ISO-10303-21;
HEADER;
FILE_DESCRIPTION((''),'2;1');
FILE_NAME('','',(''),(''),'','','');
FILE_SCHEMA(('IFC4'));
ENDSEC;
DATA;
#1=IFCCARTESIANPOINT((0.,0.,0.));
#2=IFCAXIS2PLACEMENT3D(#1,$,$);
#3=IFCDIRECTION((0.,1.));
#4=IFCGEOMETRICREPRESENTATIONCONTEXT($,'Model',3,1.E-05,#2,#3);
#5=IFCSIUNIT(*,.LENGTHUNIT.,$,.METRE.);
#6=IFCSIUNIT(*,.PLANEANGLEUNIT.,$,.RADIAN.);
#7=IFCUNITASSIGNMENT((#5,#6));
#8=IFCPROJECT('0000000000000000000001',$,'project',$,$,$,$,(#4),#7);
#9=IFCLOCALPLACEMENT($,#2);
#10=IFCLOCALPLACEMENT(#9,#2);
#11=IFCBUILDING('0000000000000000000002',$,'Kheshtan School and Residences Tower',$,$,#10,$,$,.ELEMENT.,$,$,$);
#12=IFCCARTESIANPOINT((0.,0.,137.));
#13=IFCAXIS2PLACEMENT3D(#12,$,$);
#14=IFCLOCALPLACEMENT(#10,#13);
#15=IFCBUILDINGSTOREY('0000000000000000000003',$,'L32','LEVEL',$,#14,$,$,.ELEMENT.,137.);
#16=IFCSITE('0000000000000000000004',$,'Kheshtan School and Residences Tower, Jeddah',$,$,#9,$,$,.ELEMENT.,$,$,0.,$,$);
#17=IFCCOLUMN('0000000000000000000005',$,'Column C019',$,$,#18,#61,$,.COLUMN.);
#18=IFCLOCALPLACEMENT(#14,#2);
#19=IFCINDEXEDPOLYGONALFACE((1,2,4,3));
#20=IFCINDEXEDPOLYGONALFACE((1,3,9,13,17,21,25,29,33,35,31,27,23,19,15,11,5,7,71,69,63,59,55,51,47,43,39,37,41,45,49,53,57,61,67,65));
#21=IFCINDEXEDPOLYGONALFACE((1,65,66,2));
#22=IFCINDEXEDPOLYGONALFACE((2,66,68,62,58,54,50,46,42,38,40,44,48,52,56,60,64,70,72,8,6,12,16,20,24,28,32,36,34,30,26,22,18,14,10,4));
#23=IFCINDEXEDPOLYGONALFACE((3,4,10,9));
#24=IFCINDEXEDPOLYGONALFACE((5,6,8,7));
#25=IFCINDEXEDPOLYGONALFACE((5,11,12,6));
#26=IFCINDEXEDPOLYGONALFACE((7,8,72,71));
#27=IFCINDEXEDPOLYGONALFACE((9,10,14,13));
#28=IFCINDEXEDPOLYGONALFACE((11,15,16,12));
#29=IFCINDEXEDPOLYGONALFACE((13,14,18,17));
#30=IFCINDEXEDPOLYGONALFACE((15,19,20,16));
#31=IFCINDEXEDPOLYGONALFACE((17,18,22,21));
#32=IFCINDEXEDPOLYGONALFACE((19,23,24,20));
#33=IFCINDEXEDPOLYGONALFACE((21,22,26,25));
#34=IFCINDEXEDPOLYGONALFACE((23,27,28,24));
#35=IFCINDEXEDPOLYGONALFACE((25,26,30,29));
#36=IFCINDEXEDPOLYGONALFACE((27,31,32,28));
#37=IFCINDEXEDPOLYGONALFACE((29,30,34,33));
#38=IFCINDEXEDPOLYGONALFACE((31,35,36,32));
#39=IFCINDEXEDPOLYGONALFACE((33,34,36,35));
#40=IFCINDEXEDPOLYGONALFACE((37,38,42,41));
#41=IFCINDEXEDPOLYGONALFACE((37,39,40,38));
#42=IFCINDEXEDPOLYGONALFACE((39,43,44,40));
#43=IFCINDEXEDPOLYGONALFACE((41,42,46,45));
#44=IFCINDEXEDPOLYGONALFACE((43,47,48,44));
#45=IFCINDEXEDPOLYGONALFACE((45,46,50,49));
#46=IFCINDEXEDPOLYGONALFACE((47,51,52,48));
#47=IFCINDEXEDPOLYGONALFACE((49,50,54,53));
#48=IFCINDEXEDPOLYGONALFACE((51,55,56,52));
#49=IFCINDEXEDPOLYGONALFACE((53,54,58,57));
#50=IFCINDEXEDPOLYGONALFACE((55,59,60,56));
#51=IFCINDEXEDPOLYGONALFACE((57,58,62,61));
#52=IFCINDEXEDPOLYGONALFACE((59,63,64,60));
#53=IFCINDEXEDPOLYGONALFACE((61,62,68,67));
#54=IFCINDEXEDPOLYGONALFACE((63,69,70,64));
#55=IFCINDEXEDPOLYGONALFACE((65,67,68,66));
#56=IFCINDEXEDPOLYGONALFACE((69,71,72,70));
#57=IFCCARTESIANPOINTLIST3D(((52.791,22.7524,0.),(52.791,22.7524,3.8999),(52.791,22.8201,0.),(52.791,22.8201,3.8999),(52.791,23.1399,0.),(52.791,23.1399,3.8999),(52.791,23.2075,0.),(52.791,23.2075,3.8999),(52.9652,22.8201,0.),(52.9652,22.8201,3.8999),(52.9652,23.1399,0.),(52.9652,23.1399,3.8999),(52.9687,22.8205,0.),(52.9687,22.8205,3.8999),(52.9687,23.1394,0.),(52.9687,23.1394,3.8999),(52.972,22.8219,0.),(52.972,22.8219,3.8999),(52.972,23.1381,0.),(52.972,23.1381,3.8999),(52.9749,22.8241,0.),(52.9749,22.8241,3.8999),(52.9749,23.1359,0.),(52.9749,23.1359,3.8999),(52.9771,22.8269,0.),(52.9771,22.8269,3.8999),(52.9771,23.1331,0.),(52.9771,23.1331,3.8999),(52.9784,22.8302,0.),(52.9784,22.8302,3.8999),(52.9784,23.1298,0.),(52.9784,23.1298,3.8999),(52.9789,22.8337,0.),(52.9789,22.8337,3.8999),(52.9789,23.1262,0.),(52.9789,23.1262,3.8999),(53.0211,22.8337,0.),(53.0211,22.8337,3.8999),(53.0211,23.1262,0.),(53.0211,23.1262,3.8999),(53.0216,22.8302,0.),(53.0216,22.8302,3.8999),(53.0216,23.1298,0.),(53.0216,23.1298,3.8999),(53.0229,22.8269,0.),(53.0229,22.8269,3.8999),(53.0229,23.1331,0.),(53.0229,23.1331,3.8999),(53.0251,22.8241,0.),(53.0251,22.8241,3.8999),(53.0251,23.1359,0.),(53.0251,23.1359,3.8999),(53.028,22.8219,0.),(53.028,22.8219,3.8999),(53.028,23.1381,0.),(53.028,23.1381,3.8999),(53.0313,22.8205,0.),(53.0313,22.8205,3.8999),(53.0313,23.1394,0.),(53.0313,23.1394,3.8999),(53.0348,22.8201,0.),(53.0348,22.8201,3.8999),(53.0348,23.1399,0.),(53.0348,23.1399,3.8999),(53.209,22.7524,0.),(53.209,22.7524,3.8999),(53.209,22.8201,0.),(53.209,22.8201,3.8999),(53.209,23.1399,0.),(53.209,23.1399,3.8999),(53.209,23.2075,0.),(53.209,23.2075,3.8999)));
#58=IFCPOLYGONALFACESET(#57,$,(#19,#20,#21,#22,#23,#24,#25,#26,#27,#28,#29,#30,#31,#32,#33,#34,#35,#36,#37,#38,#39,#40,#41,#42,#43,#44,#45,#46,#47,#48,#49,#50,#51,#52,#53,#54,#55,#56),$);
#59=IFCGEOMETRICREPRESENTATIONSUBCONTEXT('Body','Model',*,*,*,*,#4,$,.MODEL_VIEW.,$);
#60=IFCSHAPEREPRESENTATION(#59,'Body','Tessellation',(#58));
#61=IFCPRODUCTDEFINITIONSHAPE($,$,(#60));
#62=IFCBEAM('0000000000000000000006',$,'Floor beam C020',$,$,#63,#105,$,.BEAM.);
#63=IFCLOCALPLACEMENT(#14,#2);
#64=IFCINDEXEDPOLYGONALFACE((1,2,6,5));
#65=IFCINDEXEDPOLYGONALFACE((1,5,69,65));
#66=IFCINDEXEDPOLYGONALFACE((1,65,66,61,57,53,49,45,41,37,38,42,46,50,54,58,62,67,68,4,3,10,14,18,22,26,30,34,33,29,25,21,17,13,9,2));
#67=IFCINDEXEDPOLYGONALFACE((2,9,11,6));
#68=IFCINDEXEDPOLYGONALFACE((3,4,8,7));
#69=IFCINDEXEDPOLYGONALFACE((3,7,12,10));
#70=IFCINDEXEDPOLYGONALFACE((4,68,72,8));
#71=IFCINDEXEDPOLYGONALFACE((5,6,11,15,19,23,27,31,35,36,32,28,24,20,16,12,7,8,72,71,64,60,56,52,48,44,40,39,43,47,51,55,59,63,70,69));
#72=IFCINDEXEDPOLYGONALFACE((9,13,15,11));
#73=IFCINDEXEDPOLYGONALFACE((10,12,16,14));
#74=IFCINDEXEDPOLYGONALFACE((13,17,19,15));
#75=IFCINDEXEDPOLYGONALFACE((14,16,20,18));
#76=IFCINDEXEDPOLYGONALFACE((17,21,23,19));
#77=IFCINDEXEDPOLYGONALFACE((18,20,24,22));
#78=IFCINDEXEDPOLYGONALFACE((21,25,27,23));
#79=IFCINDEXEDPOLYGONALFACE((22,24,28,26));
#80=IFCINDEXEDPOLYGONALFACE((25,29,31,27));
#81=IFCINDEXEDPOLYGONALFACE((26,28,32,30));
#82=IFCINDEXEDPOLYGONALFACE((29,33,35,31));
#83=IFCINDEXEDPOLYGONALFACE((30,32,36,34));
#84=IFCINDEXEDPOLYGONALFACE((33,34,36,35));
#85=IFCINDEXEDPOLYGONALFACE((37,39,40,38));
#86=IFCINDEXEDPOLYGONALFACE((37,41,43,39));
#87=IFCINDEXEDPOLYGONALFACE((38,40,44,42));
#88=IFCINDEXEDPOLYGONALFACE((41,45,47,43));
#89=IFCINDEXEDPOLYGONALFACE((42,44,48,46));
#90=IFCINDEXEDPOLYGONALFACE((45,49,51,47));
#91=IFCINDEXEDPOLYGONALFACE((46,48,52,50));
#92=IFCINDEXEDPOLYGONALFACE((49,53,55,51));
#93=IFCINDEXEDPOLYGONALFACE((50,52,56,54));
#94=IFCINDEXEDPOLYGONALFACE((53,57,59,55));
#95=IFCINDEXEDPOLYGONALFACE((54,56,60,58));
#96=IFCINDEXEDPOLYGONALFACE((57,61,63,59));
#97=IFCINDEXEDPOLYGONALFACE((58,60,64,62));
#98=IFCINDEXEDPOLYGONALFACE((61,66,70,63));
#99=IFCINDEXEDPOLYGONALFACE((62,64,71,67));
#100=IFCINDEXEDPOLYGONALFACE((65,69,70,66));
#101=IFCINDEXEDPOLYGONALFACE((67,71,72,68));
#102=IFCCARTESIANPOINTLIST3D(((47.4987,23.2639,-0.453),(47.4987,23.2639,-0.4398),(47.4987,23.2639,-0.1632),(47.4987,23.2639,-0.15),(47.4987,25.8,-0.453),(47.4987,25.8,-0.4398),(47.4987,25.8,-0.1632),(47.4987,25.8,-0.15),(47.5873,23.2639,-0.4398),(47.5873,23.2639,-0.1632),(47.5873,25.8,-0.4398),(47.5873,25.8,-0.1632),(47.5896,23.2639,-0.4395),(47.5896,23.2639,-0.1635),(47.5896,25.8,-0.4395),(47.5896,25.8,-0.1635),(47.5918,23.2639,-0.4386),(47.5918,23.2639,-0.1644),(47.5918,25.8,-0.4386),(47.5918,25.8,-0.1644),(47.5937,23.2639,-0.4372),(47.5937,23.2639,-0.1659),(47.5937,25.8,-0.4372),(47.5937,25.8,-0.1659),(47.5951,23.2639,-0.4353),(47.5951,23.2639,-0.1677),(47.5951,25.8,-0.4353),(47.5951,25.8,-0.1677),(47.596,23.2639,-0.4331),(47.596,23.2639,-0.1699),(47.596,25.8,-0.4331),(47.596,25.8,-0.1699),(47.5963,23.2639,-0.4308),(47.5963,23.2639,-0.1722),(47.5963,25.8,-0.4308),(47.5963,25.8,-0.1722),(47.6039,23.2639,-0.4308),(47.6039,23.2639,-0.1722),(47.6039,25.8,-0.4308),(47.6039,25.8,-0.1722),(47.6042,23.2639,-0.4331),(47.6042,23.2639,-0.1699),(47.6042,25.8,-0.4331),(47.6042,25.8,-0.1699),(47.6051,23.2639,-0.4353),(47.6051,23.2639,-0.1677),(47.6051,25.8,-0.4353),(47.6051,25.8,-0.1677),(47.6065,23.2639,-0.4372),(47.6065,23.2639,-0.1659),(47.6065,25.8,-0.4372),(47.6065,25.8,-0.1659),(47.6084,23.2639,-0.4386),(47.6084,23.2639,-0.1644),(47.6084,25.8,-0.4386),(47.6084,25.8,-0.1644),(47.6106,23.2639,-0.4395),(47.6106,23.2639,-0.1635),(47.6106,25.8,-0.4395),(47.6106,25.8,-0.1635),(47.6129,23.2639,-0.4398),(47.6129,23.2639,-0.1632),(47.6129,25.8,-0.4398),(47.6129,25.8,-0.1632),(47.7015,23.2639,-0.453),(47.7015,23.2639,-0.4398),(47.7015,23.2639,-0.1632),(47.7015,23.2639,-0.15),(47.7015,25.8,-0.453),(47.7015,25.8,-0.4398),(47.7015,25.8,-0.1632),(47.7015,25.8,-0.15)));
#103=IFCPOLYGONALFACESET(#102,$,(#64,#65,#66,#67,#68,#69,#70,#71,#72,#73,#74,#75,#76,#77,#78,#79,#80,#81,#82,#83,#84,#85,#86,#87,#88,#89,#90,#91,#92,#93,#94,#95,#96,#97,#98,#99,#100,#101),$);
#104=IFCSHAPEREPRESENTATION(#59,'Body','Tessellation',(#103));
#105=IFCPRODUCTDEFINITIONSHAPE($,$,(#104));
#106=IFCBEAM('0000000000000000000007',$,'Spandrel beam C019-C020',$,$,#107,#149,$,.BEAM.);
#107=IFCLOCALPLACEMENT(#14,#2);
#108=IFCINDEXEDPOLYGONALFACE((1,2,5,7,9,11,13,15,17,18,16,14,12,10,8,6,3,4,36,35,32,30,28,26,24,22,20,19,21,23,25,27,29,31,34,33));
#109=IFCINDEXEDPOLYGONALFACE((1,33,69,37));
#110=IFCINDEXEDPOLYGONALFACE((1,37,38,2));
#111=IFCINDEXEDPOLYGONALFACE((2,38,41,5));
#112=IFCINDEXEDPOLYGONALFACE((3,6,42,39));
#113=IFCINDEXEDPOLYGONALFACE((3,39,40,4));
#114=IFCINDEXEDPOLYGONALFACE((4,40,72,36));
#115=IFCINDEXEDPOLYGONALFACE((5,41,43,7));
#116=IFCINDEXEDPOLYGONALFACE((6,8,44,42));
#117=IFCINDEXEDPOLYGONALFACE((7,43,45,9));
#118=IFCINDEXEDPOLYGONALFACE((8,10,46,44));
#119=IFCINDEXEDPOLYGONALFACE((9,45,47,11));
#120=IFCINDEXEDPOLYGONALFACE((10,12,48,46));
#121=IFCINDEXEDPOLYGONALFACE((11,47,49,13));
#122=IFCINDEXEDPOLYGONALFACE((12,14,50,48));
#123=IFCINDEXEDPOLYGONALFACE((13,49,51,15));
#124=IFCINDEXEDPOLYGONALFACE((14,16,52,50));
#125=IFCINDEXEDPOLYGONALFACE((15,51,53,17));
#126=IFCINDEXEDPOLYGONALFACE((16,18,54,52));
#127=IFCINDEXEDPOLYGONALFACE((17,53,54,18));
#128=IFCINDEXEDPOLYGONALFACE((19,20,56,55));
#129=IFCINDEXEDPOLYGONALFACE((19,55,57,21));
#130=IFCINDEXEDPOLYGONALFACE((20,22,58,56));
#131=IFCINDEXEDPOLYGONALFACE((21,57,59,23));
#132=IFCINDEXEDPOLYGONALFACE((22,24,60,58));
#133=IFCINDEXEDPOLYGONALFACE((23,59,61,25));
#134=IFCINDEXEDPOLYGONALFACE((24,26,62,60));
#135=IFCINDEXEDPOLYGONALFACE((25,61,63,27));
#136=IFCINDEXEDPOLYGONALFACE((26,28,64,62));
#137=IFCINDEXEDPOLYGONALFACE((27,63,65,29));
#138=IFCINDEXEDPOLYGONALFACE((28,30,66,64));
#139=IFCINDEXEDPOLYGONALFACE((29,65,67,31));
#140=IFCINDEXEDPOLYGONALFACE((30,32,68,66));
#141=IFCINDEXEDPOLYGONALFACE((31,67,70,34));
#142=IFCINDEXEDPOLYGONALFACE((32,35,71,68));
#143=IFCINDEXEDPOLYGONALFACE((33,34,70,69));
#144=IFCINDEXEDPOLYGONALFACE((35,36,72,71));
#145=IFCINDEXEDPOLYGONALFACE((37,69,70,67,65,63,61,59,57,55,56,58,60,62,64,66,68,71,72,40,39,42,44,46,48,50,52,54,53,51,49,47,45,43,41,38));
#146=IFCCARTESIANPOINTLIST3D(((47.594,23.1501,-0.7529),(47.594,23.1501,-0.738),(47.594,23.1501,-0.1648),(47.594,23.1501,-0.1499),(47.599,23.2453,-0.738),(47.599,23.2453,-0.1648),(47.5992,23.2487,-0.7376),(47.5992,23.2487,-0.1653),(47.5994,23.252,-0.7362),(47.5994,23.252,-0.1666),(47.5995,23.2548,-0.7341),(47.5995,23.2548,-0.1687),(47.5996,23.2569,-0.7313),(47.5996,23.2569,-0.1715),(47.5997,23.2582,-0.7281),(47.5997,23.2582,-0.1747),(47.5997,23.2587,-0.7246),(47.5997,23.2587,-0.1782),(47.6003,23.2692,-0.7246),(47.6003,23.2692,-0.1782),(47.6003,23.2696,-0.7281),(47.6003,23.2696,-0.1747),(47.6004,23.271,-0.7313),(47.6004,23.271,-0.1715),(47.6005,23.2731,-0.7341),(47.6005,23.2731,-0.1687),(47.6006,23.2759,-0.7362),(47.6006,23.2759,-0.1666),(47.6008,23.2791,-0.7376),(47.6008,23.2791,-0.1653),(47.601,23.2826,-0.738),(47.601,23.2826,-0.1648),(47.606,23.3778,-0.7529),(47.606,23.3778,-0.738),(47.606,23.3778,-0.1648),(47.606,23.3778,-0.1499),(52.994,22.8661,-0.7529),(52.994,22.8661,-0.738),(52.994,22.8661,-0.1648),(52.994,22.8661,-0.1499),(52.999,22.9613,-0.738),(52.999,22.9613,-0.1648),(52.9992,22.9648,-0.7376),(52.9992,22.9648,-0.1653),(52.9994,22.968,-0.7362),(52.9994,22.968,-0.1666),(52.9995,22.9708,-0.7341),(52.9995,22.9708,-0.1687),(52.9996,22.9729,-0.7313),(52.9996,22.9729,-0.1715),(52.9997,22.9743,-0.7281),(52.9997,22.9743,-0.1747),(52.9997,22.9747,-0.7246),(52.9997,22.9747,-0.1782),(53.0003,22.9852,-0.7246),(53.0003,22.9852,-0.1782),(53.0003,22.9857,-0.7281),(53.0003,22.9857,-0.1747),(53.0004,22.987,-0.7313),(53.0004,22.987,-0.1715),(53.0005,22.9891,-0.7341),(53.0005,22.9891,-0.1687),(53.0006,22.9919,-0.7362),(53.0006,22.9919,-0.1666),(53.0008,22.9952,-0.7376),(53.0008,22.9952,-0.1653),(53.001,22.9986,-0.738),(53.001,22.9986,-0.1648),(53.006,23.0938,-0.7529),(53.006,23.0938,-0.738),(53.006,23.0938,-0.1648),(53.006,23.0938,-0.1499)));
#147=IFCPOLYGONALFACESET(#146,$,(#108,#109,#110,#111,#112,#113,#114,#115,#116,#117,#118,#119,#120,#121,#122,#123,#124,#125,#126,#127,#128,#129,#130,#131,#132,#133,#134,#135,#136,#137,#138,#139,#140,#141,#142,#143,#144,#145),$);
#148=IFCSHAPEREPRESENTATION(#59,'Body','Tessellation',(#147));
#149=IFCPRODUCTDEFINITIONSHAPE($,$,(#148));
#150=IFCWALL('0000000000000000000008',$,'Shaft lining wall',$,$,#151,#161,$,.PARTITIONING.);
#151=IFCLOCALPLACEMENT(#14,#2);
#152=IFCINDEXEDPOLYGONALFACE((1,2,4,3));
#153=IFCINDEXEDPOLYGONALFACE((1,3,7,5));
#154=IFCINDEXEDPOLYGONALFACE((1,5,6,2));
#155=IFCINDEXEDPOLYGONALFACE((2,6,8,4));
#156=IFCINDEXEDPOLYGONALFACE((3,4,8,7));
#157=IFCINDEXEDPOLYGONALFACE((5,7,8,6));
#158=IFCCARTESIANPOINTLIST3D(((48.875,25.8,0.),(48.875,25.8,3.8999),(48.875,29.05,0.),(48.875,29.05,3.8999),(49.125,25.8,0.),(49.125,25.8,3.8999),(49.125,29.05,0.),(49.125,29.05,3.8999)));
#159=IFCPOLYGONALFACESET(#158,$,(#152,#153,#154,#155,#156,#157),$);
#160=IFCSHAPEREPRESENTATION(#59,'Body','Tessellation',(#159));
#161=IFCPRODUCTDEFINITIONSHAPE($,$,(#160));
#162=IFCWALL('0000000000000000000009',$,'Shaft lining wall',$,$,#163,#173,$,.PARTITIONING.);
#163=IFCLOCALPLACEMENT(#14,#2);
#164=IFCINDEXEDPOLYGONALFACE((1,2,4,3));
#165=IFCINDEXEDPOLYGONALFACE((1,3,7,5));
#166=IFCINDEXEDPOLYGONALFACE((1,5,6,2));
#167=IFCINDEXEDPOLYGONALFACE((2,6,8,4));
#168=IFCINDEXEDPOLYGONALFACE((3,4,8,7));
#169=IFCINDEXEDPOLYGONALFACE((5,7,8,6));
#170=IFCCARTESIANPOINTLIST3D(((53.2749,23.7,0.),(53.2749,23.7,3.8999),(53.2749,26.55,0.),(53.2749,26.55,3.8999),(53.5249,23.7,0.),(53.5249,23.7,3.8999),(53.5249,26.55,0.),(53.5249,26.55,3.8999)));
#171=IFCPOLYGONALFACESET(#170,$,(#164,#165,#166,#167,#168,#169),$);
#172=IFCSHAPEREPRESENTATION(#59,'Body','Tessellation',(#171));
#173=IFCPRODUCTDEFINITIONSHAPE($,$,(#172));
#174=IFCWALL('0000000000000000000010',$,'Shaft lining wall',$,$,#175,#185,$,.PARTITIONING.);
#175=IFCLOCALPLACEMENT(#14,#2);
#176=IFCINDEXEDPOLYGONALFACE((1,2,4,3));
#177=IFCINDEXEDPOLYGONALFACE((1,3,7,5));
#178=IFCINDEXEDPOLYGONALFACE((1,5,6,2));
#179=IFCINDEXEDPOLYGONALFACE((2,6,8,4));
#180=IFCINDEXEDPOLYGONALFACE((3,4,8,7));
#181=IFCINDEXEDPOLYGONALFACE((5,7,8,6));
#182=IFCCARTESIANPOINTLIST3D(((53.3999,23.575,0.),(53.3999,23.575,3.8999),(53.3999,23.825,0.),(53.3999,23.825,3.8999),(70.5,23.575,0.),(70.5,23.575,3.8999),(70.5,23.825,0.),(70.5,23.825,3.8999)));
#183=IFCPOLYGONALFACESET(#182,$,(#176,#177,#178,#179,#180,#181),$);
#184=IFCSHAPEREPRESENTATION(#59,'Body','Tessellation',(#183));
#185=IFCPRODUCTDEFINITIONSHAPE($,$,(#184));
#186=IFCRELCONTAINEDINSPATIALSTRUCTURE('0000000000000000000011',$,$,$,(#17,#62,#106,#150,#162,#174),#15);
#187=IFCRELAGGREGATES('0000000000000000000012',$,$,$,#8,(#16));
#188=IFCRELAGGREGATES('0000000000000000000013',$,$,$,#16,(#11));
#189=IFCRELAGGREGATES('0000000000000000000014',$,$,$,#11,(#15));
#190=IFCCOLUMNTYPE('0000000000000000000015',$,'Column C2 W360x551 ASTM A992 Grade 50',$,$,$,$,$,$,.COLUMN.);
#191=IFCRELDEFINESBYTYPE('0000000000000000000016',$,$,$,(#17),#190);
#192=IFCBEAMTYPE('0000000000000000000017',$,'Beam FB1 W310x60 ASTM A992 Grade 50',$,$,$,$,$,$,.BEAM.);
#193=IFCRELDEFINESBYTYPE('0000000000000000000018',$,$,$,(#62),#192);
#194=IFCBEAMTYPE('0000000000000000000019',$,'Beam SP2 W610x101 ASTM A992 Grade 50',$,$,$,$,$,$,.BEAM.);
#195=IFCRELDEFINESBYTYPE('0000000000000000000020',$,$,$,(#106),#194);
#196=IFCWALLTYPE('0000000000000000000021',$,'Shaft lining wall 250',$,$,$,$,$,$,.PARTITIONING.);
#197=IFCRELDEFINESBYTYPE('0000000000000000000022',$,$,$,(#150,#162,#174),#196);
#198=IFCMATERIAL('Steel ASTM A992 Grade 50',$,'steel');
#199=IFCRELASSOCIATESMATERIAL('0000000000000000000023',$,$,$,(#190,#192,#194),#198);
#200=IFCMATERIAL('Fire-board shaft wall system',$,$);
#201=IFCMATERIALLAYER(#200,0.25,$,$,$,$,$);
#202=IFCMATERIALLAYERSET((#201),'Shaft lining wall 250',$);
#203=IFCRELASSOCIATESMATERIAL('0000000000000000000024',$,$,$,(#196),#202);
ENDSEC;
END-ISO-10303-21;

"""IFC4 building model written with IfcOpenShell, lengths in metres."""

from ifc_helpers import new_model, si_unit, direction, frame, frame_2d, origin, origin_2d, place, context, subcontext, project, spatial, rectangle, i_section, extrude, material, layer, layer_set, material_profile, profile_set, type_object, element, save


model = new_model("IFC4")

# Units and contexts
model_context = context("Model", 3, precision=1e-05, world=origin(), true_north=direction((0.0, 1.0)))
body_context = subcontext(model_context, "Body", "Model", "MODEL_VIEW")
ifc_project = project(units=[si_unit("LENGTHUNIT", "METRE"), si_unit("PLANEANGLEUNIT", "RADIAN")], contexts=[model_context])

# Site, building, storey
site_placement = place(None, origin())
site = spatial("IfcSite", under=ifc_project, at=site_placement, Name="Kheshtan School and Residences Tower, Jeddah", CompositionType="ELEMENT", RefElevation=0.0)
building_placement = place(site_placement, origin())
building = spatial("IfcBuilding", under=site, at=building_placement, Name="Kheshtan School and Residences Tower", CompositionType="ELEMENT")
storey_placement = place(building_placement, frame((0.0, 0.0, 137.0)))
storey = spatial("IfcBuildingStorey", under=building, at=storey_placement, Name="L32", Description="LEVEL", CompositionType="ELEMENT", Elevation=137.0)

# Column
ifc_material_1 = material(Name="Steel ASTM A992 Grade 50", Category="steel")
ifc_material_profile_1 = material_profile(ifc_material_1, i_section(OverallWidth=0.418, OverallDepth=0.4551, WebThickness=0.0422, FlangeThickness=0.0676, FilletRadius=0.0137, at=origin_2d()), Name="W360x551")
ifc_profile_set_1 = profile_set([ifc_material_profile_1], Name="Steel ASTM A992 Grade 50")
column_type = type_object("IfcColumnType", Name="Column C2 W360x551 ASTM A992 Grade 50", PredefinedType="COLUMN", material=ifc_profile_set_1)
column_placement = place(storey_placement, frame((53.0, 22.98, 0.0), z_axis=(0.0, 0.0, 1.0), x_axis=(1.0, 0.0, 0.0)))
element("IfcColumn", 1, at=column_placement, inside=storey, type_object=column_type, Name="Column C019", PredefinedType="COLUMN", context=body_context, shape_type="SweptSolid", body=[
    extrude(i_section(OverallWidth=0.418, OverallDepth=0.4551, WebThickness=0.0422, FlangeThickness=0.0676, FilletRadius=0.0137, at=origin_2d()), origin(), (0.0, 0.0, 1.0), 3.8999),
])

# Beams
ifc_material_profile_2 = material_profile(ifc_material_1, i_section(OverallWidth=0.2029, OverallDepth=0.303, WebThickness=0.0076, FlangeThickness=0.0132, FilletRadius=0.009, at=origin_2d()), Name="W310x60")
ifc_profile_set_2 = profile_set([ifc_material_profile_2], Name="Steel ASTM A992 Grade 50")
beam_type_1 = type_object("IfcBeamType", Name="Beam FB1 W310x60 ASTM A992 Grade 50", PredefinedType="BEAM", material=ifc_profile_set_2)
beam_1_placement = place(storey_placement, frame((47.6001, 23.2639, -0.3015), z_axis=(0.0, 1.0, 0.0), x_axis=(-1.0, 0.0, 0.0)))
element("IfcBeam", 2, at=beam_1_placement, inside=storey, type_object=beam_type_1, Name="Floor beam C020", PredefinedType="BEAM", context=body_context, shape_type="SweptSolid", body=[
    extrude(i_section(OverallWidth=0.2029, OverallDepth=0.303, WebThickness=0.0076, FlangeThickness=0.0132, FilletRadius=0.009, at=origin_2d()), origin(), (0.0, 0.0, 1.0), 2.5361),
])
ifc_material_profile_3 = material_profile(ifc_material_1, i_section(OverallWidth=0.228, OverallDepth=0.603, WebThickness=0.0105, FlangeThickness=0.0149, FilletRadius=0.0134, at=origin_2d()), Name="W610x101")
ifc_profile_set_3 = profile_set([ifc_material_profile_3], Name="Steel ASTM A992 Grade 50")
beam_type_2 = type_object("IfcBeamType", Name="Beam SP2 W610x101 ASTM A992 Grade 50", PredefinedType="BEAM", material=ifc_profile_set_3)
beam_2_placement = place(storey_placement, frame((53.0, 22.98, -0.4514), z_axis=(-0.99862, 0.052509, 0.0), x_axis=(-0.052509, -0.99862, 0.0)))
element("IfcBeam", 3, at=beam_2_placement, inside=storey, type_object=beam_type_2, Name="Spandrel beam C019-C020", PredefinedType="BEAM", context=body_context, shape_type="SweptSolid", body=[
    extrude(i_section(OverallWidth=0.228, OverallDepth=0.603, WebThickness=0.0105, FlangeThickness=0.0149, FilletRadius=0.0134, at=origin_2d()), origin(), (0.0, 0.0, 1.0), 5.4075),
])

# Walls
ifc_material_2 = material(Name="Fire-board shaft wall system")
ifc_layer = layer(ifc_material_2, 0.25)
ifc_layer_set = layer_set([ifc_layer], Name="Shaft lining wall 250")
wall_type = type_object("IfcWallType", Name="Shaft lining wall 250", PredefinedType="PARTITIONING", material=ifc_layer_set)
wall_1_placement = place(storey_placement, frame((49.0, 25.8, 0.0), z_axis=(0.0, 0.0, 1.0), x_axis=(0.0, 1.0, 0.0)))
element("IfcWall", 4, at=wall_1_placement, inside=storey, type_object=wall_type, Name="Shaft lining wall", PredefinedType="PARTITIONING", context=body_context, shape_type="SweptSolid", body=[
    extrude(rectangle(XDim=3.25, YDim=0.25, at=frame_2d((1.625, 0.0))), origin(), (0.0, 0.0, 1.0), 3.8999),
])
wall_2_placement = place(storey_placement, frame((53.3999, 23.7, 0.0), z_axis=(0.0, 0.0, 1.0), x_axis=(0.0, 1.0, 0.0)))
element("IfcWall", 5, at=wall_2_placement, inside=storey, type_object=wall_type, Name="Shaft lining wall", PredefinedType="PARTITIONING", context=body_context, shape_type="SweptSolid", body=[
    extrude(rectangle(XDim=2.8501, YDim=0.25, at=frame_2d((1.425, 0.0))), origin(), (0.0, 0.0, 1.0), 3.8999),
])
wall_3_placement = place(storey_placement, frame((53.3999, 23.7, 0.0), z_axis=(0.0, 0.0, 1.0), x_axis=(1.0, 0.0, 0.0)))
element("IfcWall", 6, at=wall_3_placement, inside=storey, type_object=wall_type, Name="Shaft lining wall", PredefinedType="PARTITIONING", context=body_context, shape_type="SweptSolid", body=[
    extrude(rectangle(XDim=17.1001, YDim=0.25, at=frame_2d((8.55, 0.0))), origin(), (0.0, 0.0, 1.0), 3.8999),
])

save(model, "model.ifc")
